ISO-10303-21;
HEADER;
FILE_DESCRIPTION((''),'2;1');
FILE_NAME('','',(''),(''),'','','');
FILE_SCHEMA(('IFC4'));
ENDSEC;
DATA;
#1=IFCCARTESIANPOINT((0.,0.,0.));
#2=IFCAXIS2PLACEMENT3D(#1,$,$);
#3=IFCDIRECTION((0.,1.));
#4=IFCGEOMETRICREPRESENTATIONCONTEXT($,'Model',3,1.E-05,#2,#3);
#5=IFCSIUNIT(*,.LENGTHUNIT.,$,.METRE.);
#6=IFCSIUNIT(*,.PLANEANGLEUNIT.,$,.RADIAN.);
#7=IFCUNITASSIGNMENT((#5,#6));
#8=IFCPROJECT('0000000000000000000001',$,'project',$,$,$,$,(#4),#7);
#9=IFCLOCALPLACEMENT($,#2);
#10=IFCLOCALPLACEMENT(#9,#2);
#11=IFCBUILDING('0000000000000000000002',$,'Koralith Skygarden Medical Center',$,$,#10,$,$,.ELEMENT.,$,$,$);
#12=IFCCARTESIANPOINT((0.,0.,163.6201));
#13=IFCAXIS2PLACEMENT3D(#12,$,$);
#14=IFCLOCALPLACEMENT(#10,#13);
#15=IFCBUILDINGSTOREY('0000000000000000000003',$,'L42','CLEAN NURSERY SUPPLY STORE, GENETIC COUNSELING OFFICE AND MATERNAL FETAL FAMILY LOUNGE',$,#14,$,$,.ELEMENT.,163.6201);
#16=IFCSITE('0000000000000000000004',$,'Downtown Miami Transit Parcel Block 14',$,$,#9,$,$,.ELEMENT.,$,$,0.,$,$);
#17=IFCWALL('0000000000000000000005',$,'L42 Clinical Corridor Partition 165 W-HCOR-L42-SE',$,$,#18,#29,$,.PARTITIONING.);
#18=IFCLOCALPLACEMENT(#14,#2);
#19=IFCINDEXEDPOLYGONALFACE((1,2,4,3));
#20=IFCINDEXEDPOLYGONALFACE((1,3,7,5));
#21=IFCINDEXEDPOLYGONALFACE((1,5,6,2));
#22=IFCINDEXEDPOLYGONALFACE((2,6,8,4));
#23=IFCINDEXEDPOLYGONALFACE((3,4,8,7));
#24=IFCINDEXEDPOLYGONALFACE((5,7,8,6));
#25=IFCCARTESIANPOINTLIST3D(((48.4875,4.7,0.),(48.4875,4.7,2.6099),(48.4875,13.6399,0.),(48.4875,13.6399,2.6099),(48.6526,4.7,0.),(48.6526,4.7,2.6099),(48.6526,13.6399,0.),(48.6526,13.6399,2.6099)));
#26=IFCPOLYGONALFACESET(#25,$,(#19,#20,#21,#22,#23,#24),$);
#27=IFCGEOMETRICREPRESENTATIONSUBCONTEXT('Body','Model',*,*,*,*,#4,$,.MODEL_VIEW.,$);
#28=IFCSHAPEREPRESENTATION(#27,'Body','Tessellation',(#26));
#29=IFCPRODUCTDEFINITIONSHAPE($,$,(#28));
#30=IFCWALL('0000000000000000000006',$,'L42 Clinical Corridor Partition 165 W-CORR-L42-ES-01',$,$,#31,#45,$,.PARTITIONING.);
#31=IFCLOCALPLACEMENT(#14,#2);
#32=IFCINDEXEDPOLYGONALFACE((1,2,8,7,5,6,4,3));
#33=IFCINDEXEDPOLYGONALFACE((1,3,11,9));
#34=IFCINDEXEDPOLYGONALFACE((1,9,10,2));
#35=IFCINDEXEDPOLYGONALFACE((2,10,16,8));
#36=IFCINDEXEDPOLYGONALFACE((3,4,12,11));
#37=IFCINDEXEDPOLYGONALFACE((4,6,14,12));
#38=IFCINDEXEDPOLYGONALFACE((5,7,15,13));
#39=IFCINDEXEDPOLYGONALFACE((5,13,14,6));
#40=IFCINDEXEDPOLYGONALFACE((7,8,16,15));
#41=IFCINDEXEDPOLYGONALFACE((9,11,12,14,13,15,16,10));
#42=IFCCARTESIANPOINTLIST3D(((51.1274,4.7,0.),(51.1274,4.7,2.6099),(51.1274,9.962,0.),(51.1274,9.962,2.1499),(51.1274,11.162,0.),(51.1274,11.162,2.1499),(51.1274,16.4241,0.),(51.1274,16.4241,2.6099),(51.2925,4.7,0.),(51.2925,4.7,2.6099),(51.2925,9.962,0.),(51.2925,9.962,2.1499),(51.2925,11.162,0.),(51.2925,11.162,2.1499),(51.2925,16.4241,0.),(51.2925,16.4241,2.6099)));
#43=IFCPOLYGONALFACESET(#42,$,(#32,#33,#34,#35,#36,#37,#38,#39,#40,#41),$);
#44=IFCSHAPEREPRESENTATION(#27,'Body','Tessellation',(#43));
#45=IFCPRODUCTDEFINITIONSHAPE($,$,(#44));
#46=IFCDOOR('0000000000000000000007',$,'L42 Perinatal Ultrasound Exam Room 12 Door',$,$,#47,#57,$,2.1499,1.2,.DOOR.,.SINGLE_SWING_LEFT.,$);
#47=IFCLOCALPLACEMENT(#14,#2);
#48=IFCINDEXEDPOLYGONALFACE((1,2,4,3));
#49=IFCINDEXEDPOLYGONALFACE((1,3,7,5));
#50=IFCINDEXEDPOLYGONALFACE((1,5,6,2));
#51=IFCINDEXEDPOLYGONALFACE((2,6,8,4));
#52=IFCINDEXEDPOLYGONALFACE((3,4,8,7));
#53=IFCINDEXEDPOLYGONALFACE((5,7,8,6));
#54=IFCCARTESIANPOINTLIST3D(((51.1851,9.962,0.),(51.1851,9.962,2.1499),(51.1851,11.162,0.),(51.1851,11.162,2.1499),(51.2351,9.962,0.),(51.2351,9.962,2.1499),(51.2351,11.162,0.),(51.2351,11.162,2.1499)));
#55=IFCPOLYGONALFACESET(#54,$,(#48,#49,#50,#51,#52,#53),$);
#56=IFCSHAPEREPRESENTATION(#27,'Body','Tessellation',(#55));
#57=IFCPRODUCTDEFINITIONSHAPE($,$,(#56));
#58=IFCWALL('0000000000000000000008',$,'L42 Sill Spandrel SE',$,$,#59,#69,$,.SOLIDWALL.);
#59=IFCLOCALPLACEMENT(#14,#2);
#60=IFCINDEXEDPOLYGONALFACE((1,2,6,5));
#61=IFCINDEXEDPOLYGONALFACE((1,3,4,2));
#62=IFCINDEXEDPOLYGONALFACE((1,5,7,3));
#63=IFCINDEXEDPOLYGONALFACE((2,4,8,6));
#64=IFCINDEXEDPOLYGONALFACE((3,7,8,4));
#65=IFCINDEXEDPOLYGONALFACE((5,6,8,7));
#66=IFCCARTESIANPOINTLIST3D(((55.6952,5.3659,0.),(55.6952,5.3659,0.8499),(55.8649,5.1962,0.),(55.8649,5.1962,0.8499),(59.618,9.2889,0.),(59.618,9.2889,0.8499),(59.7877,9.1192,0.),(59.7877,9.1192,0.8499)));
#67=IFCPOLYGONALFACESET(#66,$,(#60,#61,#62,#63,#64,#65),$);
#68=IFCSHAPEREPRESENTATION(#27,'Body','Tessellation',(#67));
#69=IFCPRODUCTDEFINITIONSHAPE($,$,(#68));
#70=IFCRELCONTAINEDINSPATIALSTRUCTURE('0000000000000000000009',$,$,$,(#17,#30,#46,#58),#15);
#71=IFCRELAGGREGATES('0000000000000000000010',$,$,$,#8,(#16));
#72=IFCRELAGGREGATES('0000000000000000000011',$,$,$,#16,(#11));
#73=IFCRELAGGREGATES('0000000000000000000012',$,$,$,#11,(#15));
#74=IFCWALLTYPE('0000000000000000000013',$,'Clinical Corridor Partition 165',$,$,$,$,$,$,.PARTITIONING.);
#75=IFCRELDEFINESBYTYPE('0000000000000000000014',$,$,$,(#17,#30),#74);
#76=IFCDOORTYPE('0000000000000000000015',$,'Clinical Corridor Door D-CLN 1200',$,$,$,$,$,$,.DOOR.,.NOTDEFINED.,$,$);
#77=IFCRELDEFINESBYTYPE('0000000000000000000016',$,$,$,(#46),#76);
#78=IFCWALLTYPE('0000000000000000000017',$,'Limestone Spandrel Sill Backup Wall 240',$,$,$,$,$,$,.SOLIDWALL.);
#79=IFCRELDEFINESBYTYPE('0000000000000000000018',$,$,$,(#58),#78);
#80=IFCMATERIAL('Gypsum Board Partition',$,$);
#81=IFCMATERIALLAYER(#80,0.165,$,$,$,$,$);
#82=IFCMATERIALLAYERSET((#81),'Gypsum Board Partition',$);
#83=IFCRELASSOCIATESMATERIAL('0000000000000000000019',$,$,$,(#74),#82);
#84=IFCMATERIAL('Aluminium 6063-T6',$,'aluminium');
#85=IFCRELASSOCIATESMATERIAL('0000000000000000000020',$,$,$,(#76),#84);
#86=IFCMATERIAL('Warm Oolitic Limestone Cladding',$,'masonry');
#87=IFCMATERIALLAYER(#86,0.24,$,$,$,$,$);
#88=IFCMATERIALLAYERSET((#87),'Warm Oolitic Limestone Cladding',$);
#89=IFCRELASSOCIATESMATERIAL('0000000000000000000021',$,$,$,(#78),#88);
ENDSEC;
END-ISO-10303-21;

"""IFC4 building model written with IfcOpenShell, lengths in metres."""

from ifc_helpers import new_model, si_unit, direction, frame, frame_2d, origin, place, context, subcontext, project, spatial, rectangle, extrude, material, layer, layer_set, type_object, element, fill, save


model = new_model("IFC4")

# Units and contexts
model_context = context("Model", 3, precision=1e-05, world=origin(), true_north=direction((0.0, 1.0)))
body_context = subcontext(model_context, "Body", "Model", "MODEL_VIEW")
ifc_project = project(units=[si_unit("LENGTHUNIT", "METRE"), si_unit("PLANEANGLEUNIT", "RADIAN")], contexts=[model_context])

# Site, building, storey
site_placement = place(None, origin())
site = spatial("IfcSite", under=ifc_project, at=site_placement, Name="Downtown Miami Transit Parcel Block 14", CompositionType="ELEMENT", RefElevation=0.0)
building_placement = place(site_placement, origin())
building = spatial("IfcBuilding", under=site, at=building_placement, Name="Koralith Skygarden Medical Center", CompositionType="ELEMENT")
storey_placement = place(building_placement, frame((0.0, 0.0, 163.6201)))
storey = spatial("IfcBuildingStorey", under=building, at=storey_placement, Name="L42", Description="CLEAN NURSERY SUPPLY STORE, GENETIC COUNSELING OFFICE AND MATERNAL FETAL FAMILY LOUNGE", CompositionType="ELEMENT", Elevation=163.6201)

# Shared definitions
ifc_material_1 = material(Name="Aluminium 6063-T6", Category="aluminium")

# Shared definitions
ifc_material_2 = material(Name="Warm Oolitic Limestone Cladding", Category="masonry")

# Wall
ifc_material_3 = material(Name="Gypsum Board Partition")
ifc_layer_1 = layer(ifc_material_3, 0.165)
ifc_layer_set_1 = layer_set([ifc_layer_1], Name="Gypsum Board Partition")
wall_type_1 = type_object("IfcWallType", Name="Clinical Corridor Partition 165", PredefinedType="PARTITIONING", material=ifc_layer_set_1)
wall_1_placement = place(storey_placement, frame((48.5701, 4.7, 0.0), z_axis=(0.0, 0.0, 1.0), x_axis=(0.0, 1.0, 0.0)))
element("IfcWall", 1, at=wall_1_placement, inside=storey, type_object=wall_type_1, Name="L42 Clinical Corridor Partition 165 W-HCOR-L42-SE", PredefinedType="PARTITIONING", context=body_context, shape_type="SweptSolid", body=[
    extrude(rectangle(XDim=8.9399, YDim=0.165, at=frame_2d((4.47, 0.0))), origin(), (0.0, 0.0, 1.0), 2.6099),
])

# Wall, opening, door
wall_2_placement = place(storey_placement, frame((51.21, 4.7, 0.0), z_axis=(0.0, 0.0, 1.0), x_axis=(0.0, 1.0, 0.0)))
wall_2 = element("IfcWall", 2, at=wall_2_placement, inside=storey, type_object=wall_type_1, Name="L42 Clinical Corridor Partition 165 W-CORR-L42-ES-01", PredefinedType="PARTITIONING", context=body_context, shape_type="SweptSolid", body=[
    extrude(rectangle(XDim=11.7241, YDim=0.165, at=frame_2d((5.8621, 0.0))), origin(), (0.0, 0.0, 1.0), 2.6099),
])
opening_placement = place(wall_2_placement, frame((5.262, 0.0, 0.0)))
opening = element("IfcOpeningElement", 3, at=opening_placement, cuts=wall_2, PredefinedType="OPENING", context=body_context, shape_type="SweptSolid", body=[
    extrude(rectangle(XDim=1.2, YDim=2.1499, at=frame_2d((0.6001, 1.075))), frame((0.0, 0.0925, 0.0), z_axis=(0.0, -1.0, 0.0), x_axis=(1.0, 0.0, 0.0)), (0.0, 0.0, 1.0), 0.1851),
])
door_type = type_object("IfcDoorType", Name="Clinical Corridor Door D-CLN 1200", OperationType="NOTDEFINED", PredefinedType="DOOR", material=ifc_material_1)
door_placement = place(opening_placement, origin())
door = element("IfcDoor", 4, at=door_placement, inside=storey, type_object=door_type, Name="L42 Perinatal Ultrasound Exam Room 12 Door", OperationType="SINGLE_SWING_LEFT", OverallHeight=2.1499, OverallWidth=1.2, PredefinedType="DOOR", context=body_context, shape_type="SweptSolid", body=[
    extrude(rectangle(XDim=1.2, YDim=2.1499, at=frame_2d((0.6001, 1.075))), frame((0.0, 0.0249, 0.0), z_axis=(0.0, -1.0, 0.0), x_axis=(1.0, 0.0, 0.0)), (0.0, 0.0, 1.0), 0.05),
])
fill(opening, door)

# Wall
ifc_layer_2 = layer(ifc_material_2, 0.24)
ifc_layer_set_2 = layer_set([ifc_layer_2], Name="Warm Oolitic Limestone Cladding")
wall_type_2 = type_object("IfcWallType", Name="Limestone Spandrel Sill Backup Wall 240", PredefinedType="SOLIDWALL", material=ifc_layer_set_2)
wall_3_placement = place(storey_placement, frame((55.78, 5.281, 0.0), z_axis=(0.0, 0.0, 1.0), x_axis=(0.707085, 0.707129, 0.0)))
element("IfcWall", 5, at=wall_3_placement, inside=storey, type_object=wall_type_2, Name="L42 Sill Spandrel SE", PredefinedType="SOLIDWALL", context=body_context, shape_type="SweptSolid", body=[
    extrude(rectangle(XDim=5.5479, YDim=0.24, at=frame_2d((2.7739, 0.0))), origin(), (0.0, 0.0, 1.0), 0.8499),
])

save(model, "model.ifc")
